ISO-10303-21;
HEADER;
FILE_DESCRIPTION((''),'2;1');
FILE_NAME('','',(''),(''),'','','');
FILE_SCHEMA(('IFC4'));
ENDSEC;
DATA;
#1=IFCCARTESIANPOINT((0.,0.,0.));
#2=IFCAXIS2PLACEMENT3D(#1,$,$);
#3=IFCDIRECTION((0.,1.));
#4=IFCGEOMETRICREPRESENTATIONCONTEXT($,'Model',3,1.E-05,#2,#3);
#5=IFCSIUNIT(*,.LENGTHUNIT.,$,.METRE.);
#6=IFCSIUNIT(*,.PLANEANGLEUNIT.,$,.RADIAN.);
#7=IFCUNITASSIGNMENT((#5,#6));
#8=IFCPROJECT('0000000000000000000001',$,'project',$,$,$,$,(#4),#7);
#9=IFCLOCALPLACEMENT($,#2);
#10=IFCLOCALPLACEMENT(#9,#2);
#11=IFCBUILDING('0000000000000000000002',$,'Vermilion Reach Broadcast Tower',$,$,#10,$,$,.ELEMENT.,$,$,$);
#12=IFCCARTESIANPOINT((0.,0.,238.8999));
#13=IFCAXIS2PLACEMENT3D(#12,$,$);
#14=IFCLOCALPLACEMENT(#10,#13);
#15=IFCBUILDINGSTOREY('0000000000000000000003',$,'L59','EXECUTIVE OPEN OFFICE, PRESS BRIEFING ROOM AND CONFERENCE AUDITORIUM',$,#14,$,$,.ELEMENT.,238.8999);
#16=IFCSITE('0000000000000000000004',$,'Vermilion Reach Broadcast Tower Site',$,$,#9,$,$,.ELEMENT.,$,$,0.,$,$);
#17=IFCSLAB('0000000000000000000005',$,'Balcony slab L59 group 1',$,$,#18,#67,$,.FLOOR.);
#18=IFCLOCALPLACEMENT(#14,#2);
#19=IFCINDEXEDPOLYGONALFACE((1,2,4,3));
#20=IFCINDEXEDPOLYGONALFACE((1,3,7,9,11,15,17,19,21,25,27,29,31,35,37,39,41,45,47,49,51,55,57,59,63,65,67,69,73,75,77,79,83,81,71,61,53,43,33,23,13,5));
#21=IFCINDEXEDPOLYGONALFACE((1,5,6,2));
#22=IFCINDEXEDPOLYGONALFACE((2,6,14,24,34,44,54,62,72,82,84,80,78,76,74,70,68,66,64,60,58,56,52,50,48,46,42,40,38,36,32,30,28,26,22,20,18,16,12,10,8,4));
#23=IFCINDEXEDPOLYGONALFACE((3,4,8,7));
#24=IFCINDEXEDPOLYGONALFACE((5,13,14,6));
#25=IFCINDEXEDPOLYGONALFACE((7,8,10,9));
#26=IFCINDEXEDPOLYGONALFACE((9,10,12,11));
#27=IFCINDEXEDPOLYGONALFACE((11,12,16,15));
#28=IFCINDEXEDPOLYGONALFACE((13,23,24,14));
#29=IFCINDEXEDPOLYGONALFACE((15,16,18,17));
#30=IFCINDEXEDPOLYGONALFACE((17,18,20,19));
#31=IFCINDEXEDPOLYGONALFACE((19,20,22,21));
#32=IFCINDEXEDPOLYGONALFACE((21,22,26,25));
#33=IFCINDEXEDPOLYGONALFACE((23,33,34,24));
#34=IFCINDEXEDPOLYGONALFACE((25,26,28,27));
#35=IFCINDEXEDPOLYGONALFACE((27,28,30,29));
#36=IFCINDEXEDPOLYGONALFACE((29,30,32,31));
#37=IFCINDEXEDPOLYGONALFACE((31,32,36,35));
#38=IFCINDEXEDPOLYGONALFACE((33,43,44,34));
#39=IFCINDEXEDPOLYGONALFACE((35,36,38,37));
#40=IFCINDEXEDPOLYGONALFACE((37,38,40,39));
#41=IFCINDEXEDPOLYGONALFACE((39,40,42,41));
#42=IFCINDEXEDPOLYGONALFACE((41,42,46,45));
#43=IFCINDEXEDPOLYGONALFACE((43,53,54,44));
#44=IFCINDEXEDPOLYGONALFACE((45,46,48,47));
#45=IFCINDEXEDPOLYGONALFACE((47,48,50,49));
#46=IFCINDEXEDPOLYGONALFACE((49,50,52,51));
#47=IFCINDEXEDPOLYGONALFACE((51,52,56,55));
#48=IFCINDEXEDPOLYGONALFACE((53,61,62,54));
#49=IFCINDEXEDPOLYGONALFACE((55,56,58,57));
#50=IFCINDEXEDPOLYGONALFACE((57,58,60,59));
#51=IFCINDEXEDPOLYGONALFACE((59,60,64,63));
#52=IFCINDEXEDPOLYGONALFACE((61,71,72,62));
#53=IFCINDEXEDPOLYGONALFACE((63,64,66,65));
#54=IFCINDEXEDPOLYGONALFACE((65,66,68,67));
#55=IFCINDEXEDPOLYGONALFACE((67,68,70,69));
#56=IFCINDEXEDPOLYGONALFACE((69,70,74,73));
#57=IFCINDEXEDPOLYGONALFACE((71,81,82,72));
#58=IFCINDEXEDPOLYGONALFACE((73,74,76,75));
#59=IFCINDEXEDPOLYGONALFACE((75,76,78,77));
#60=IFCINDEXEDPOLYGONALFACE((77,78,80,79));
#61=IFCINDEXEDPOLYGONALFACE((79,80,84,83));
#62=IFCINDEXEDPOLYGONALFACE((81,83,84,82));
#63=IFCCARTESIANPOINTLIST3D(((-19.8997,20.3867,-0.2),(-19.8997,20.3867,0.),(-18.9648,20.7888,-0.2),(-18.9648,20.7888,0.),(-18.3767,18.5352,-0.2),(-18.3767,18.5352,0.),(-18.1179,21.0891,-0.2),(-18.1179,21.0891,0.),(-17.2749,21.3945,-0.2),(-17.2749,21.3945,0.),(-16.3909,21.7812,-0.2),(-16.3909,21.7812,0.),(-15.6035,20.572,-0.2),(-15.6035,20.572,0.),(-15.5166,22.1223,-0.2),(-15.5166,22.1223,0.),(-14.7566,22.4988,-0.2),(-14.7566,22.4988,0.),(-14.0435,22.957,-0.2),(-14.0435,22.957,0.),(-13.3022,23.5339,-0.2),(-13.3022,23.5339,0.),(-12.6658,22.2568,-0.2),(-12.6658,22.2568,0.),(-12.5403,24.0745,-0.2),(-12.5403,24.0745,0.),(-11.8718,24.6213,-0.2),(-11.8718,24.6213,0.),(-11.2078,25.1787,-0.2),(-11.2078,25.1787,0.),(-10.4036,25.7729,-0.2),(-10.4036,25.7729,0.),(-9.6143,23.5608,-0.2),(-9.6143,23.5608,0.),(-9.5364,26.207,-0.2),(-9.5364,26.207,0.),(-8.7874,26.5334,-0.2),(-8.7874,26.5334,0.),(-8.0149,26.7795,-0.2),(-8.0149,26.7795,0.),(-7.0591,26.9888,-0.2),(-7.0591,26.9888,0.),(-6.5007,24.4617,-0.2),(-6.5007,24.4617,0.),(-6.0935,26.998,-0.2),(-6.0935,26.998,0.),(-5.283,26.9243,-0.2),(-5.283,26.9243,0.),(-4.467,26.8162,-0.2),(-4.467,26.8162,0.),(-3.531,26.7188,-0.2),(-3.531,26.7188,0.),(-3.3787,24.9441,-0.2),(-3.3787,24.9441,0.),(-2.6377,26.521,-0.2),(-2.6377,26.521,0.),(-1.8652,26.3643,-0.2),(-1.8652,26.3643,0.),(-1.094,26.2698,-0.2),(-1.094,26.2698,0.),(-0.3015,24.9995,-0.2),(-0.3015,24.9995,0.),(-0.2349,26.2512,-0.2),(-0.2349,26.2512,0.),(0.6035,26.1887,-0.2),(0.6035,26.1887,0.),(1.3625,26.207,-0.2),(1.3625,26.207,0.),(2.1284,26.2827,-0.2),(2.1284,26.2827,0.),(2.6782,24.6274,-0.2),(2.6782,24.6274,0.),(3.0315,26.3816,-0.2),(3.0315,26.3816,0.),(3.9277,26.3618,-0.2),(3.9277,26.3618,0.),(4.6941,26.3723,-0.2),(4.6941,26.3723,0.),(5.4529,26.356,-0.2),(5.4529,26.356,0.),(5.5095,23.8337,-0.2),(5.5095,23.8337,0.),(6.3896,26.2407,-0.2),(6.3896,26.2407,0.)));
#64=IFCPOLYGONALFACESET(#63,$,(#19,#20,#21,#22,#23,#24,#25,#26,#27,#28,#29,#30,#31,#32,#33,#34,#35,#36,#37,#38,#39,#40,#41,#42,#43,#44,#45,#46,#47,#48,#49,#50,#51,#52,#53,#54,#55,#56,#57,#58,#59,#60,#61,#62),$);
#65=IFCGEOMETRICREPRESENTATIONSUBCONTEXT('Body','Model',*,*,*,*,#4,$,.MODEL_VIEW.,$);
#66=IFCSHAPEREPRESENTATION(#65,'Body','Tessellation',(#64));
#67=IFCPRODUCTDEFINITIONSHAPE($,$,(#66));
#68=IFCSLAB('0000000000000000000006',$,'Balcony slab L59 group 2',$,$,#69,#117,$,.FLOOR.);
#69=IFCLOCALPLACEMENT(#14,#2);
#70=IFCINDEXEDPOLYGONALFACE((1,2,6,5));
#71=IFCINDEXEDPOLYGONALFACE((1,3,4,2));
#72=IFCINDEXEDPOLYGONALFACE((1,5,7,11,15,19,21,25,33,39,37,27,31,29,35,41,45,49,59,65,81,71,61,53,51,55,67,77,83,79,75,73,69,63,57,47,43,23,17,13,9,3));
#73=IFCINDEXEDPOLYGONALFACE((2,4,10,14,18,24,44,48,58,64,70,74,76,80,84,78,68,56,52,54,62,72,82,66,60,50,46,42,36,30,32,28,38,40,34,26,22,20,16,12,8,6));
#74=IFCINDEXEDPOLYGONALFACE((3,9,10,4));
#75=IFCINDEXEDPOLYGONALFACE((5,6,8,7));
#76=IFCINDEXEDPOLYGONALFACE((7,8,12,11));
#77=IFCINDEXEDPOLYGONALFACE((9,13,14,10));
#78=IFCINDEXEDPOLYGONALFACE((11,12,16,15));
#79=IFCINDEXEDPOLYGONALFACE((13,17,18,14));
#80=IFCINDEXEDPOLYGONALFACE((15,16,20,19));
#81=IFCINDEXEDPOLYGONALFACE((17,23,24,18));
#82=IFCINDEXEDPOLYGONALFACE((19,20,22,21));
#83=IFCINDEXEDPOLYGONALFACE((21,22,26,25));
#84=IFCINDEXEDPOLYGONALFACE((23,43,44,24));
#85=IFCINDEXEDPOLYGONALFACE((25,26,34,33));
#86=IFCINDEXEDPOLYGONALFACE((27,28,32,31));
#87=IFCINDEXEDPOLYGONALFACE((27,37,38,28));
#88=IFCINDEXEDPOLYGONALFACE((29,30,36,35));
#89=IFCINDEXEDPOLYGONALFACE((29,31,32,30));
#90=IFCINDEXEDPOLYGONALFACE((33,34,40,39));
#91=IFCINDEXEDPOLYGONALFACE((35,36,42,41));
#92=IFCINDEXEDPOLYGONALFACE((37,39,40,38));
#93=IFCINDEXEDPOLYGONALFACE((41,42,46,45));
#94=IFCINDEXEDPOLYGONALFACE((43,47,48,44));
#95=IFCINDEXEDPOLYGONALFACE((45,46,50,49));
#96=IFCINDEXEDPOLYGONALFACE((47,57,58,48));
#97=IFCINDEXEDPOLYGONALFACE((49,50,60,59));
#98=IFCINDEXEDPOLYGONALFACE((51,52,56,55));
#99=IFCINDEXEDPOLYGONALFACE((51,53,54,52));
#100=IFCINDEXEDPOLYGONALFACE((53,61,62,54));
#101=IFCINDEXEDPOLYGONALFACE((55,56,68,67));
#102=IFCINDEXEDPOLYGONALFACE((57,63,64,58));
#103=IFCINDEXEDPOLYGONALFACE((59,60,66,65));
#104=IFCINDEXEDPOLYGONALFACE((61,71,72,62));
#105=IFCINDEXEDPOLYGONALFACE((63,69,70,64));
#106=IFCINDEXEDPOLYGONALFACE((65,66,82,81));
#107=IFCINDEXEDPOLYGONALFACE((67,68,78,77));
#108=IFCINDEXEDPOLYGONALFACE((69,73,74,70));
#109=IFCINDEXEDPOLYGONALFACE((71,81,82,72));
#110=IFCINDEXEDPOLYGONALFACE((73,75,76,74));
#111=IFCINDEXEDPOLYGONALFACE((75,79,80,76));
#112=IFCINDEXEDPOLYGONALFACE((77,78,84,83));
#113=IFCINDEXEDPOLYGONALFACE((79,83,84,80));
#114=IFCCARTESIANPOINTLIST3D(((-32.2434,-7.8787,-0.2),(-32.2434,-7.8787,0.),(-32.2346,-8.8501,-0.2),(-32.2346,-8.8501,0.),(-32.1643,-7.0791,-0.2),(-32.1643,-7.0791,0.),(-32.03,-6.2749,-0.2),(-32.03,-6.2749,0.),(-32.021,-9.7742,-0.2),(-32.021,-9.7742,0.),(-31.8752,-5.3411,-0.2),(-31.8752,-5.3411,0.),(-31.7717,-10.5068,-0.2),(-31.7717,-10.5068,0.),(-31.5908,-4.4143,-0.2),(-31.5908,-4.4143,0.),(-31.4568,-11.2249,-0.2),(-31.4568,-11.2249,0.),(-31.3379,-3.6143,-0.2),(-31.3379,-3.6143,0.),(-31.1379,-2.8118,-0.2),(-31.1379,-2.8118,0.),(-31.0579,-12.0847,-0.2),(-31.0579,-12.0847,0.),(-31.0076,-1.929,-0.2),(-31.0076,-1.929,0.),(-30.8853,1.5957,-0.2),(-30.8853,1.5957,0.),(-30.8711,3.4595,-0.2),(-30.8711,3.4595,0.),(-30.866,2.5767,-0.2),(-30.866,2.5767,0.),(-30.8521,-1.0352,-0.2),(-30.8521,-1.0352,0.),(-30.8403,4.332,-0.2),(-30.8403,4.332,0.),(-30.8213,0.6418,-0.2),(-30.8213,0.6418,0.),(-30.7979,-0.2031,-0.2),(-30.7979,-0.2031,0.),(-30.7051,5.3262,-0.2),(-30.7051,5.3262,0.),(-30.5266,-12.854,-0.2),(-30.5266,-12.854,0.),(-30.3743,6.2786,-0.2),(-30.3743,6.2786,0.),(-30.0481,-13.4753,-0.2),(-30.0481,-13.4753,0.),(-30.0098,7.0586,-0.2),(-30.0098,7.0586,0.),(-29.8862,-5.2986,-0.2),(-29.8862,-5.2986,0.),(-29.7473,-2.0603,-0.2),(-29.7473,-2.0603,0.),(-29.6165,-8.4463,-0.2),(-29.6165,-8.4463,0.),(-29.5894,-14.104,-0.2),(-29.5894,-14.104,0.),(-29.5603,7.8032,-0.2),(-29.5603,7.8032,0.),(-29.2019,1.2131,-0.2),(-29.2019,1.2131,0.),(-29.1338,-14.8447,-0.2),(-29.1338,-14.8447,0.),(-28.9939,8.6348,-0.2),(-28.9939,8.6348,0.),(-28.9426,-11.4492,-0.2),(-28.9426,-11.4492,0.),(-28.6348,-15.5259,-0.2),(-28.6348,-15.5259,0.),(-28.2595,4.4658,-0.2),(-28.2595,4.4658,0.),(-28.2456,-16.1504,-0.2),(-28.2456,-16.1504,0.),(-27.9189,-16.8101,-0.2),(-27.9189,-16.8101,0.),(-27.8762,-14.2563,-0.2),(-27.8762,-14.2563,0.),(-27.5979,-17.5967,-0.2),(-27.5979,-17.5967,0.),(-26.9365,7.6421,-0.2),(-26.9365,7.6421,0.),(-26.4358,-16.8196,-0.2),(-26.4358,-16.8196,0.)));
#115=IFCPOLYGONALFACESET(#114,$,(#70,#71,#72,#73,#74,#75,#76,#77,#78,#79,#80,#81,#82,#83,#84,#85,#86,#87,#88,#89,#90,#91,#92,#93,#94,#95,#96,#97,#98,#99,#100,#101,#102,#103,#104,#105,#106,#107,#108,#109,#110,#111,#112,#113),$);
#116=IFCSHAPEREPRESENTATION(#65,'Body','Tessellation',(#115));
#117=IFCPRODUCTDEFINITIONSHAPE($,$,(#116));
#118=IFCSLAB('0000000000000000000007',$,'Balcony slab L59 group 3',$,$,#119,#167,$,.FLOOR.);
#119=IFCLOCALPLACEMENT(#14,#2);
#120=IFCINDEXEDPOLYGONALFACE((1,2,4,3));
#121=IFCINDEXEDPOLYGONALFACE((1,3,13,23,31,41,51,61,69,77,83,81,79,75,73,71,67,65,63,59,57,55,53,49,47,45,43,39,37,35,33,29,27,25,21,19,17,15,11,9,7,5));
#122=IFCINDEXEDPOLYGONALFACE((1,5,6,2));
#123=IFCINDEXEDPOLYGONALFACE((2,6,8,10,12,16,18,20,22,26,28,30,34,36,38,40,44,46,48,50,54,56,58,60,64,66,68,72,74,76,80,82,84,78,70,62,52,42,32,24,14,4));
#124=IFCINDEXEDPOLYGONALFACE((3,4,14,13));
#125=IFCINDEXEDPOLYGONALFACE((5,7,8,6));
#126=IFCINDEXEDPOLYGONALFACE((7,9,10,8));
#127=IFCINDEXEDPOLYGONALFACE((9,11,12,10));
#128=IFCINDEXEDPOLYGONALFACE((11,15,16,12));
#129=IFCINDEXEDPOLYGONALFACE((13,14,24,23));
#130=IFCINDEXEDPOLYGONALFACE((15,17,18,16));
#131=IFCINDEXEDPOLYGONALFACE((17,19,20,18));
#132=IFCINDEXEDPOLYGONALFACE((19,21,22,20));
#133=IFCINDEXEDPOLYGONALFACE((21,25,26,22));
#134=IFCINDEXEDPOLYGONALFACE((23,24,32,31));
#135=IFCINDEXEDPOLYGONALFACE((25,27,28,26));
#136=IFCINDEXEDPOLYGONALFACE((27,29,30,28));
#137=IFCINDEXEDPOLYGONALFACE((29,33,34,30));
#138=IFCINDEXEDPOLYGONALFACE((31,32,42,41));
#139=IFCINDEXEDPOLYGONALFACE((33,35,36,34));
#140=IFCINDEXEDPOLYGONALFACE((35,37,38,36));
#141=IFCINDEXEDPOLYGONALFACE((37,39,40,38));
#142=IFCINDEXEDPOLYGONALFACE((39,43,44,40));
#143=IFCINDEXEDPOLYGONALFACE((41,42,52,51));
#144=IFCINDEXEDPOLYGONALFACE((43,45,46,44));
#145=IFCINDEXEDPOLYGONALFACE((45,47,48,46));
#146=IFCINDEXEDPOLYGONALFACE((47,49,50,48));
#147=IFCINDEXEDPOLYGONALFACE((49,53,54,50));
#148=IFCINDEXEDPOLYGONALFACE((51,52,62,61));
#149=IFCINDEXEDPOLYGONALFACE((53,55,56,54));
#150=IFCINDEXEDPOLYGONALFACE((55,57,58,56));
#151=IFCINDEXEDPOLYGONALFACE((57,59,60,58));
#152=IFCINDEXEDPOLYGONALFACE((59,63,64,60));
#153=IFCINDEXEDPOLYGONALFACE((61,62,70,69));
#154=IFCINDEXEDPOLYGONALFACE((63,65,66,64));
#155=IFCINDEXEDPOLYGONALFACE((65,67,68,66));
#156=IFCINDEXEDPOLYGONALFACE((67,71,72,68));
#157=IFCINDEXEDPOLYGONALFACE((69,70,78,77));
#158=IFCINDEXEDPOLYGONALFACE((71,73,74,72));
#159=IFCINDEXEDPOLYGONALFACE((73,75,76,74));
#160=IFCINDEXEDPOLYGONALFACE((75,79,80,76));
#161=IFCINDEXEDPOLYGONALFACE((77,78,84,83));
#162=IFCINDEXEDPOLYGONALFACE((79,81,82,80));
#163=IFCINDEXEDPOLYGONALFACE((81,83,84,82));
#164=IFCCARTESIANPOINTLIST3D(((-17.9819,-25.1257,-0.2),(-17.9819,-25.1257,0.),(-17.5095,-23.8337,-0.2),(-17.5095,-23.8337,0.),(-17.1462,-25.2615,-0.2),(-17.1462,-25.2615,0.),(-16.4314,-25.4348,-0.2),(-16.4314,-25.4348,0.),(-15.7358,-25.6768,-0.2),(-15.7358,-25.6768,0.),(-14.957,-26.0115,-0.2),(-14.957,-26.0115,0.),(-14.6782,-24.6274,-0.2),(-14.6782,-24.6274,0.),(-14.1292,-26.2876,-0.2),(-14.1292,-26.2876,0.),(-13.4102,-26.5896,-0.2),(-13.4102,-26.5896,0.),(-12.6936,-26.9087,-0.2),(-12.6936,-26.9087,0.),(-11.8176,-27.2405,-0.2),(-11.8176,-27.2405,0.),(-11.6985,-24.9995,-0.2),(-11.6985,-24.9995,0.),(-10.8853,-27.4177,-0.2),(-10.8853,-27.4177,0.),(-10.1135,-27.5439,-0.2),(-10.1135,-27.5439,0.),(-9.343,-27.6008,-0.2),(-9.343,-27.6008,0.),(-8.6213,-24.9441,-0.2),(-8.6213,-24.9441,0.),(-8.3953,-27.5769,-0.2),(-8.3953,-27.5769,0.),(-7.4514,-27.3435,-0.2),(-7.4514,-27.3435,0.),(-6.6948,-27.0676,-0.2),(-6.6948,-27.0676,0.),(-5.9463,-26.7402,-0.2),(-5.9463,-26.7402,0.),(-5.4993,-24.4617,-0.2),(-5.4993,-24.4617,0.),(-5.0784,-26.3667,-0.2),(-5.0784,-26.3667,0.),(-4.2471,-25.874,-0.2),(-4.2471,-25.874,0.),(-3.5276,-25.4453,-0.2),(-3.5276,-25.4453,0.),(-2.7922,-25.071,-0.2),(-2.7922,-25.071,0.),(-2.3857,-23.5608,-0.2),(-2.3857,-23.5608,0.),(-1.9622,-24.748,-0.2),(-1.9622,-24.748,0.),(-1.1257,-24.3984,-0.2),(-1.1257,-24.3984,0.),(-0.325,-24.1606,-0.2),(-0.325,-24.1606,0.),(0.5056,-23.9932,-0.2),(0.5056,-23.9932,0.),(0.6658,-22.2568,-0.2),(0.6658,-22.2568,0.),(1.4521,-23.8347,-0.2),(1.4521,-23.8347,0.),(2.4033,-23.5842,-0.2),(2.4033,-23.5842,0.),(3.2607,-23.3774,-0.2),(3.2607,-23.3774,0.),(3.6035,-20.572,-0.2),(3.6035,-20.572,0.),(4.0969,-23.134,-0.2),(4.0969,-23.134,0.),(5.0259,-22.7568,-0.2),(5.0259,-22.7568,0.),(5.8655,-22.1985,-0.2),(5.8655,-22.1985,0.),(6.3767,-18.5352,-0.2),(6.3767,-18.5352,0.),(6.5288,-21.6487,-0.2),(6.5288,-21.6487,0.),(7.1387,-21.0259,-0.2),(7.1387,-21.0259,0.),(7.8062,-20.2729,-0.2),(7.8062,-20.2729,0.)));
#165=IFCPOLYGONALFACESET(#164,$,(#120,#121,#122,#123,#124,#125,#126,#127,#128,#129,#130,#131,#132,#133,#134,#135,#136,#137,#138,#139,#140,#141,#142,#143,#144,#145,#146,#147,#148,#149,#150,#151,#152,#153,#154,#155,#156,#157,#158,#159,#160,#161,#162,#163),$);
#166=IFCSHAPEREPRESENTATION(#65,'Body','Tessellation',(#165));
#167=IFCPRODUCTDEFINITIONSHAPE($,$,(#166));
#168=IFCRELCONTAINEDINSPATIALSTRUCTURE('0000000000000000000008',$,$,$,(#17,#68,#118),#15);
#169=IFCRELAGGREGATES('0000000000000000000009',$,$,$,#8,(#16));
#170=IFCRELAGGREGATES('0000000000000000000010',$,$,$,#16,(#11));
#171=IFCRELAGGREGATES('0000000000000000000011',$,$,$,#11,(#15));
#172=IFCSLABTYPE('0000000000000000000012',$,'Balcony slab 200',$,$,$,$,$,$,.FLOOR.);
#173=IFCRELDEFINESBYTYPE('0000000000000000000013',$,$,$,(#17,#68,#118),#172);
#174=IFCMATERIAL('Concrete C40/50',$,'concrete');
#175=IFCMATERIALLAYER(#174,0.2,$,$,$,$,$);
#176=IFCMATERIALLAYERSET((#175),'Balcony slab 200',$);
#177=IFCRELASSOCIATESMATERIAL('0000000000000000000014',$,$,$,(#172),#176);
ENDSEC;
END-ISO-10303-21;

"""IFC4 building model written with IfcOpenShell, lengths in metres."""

from ifc_helpers import new_model, si_unit, direction, frame, origin, place, context, subcontext, project, spatial, polyline, outline, extrude, material, layer, layer_set, type_object, element, save


model = new_model("IFC4")

# Units and contexts
model_context = context("Model", 3, precision=1e-05, world=origin(), true_north=direction((0.0, 1.0)))
body_context = subcontext(model_context, "Body", "Model", "MODEL_VIEW")
ifc_project = project(units=[si_unit("LENGTHUNIT", "METRE"), si_unit("PLANEANGLEUNIT", "RADIAN")], contexts=[model_context])

# Site, building, storey
site_placement = place(None, origin())
site = spatial("IfcSite", under=ifc_project, at=site_placement, Name="Vermilion Reach Broadcast Tower Site", CompositionType="ELEMENT", RefElevation=0.0)
building_placement = place(site_placement, origin())
building = spatial("IfcBuilding", under=site, at=building_placement, Name="Vermilion Reach Broadcast Tower", CompositionType="ELEMENT")
storey_placement = place(building_placement, frame((0.0, 0.0, 238.8999)))
storey = spatial("IfcBuildingStorey", under=building, at=storey_placement, Name="L59", Description="EXECUTIVE OPEN OFFICE, PRESS BRIEFING ROOM AND CONFERENCE AUDITORIUM", CompositionType="ELEMENT", Elevation=238.8999)

# Slabs
ifc_material_1 = material(Name="Concrete C40/50", Category="concrete")
ifc_layer_1 = layer(ifc_material_1, 0.2)
ifc_layer_set_1 = layer_set([ifc_layer_1], Name="Balcony slab 200")
slab_type_1 = type_object("IfcSlabType", Name="Balcony slab 200", PredefinedType="FLOOR", material=ifc_layer_set_1)
placement_1 = place(storey_placement, frame((0.0, 0.0, -0.2)))
element("IfcSlab", 1, at=placement_1, inside=storey, type_object=slab_type_1, Name="Balcony slab L59 group 1", PredefinedType="FLOOR", context=body_context, shape_type="SweptSolid", body=[
    extrude(outline(polyline([(5.5095, 23.8337), (2.6782, 24.6274), (-0.3015, 24.9995), (-3.3787, 24.9441), (-6.5007, 24.4617), (-9.6143, 23.5608), (-12.6658, 22.2568), (-15.6035, 20.572), (-18.3767, 18.5352), (-19.8997, 20.3867), (-18.9648, 20.7888), (-18.1179, 21.0891), (-17.2749, 21.3945), (-16.3909, 21.7812), (-15.5166, 22.1223), (-14.7566, 22.4988), (-14.0435, 22.957), (-13.3022, 23.5339), (-12.5403, 24.0745), (-11.8718, 24.6213), (-11.2078, 25.1787), (-10.4036, 25.7729), (-9.5364, 26.207), (-8.7874, 26.5334), (-8.0149, 26.7795), (-7.0591, 26.9888), (-6.0935, 26.998), (-5.283, 26.9243), (-4.467, 26.8162), (-3.531, 26.7188), (-2.6377, 26.521), (-1.8652, 26.3643), (-1.094, 26.2698), (-0.2349, 26.2512), (0.6035, 26.1887), (1.3625, 26.207), (2.1284, 26.2827), (3.0315, 26.3816), (3.9277, 26.3618), (4.6941, 26.3723), (5.4529, 26.356), (6.3896, 26.2407), (5.5095, 23.8337)])), origin(), (0.0, 0.0, 1.0), 0.2),
])
element("IfcSlab", 2, at=placement_1, inside=storey, type_object=slab_type_1, Name="Balcony slab L59 group 2", PredefinedType="FLOOR", context=body_context, shape_type="SweptSolid", body=[
    extrude(outline(polyline([(-26.9365, 7.6421), (-28.2595, 4.4658), (-29.2019, 1.2131), (-29.7473, -2.0603), (-29.8862, -5.2986), (-29.6165, -8.4463), (-28.9426, -11.4492), (-27.8762, -14.2563), (-26.4358, -16.8196), (-27.5979, -17.5967), (-27.9189, -16.8101), (-28.2456, -16.1504), (-28.6348, -15.5259), (-29.1338, -14.8447), (-29.5894, -14.104), (-30.0481, -13.4753), (-30.5266, -12.854), (-31.0579, -12.0847), (-31.4568, -11.2249), (-31.7717, -10.5068), (-32.021, -9.7742), (-32.2346, -8.8501), (-32.2434, -7.8787), (-32.1643, -7.0791), (-32.03, -6.2749), (-31.8752, -5.3411), (-31.5908, -4.4143), (-31.3379, -3.6143), (-31.1379, -2.8118), (-31.0076, -1.929), (-30.8521, -1.0352), (-30.7979, -0.2031), (-30.8213, 0.6418), (-30.8853, 1.5957), (-30.866, 2.5767), (-30.8711, 3.4595), (-30.8403, 4.332), (-30.7051, 5.3262), (-30.3743, 6.2786), (-30.0098, 7.0586), (-29.5603, 7.8032), (-28.9939, 8.6348), (-26.9365, 7.6421)])), origin(), (0.0, 0.0, 1.0), 0.2),
])
element("IfcSlab", 3, at=placement_1, inside=storey, type_object=slab_type_1, Name="Balcony slab L59 group 3", PredefinedType="FLOOR", context=body_context, shape_type="SweptSolid", body=[
    extrude(outline(polyline([(-17.5095, -23.8337), (-14.6782, -24.6274), (-11.6985, -24.9995), (-8.6213, -24.9441), (-5.4993, -24.4617), (-2.3857, -23.5608), (0.6658, -22.2568), (3.6035, -20.572), (6.3767, -18.5352), (7.8062, -20.2729), (7.1387, -21.0259), (6.5288, -21.6487), (5.8655, -22.1985), (5.0259, -22.7568), (4.0969, -23.134), (3.2607, -23.3774), (2.4033, -23.5842), (1.4521, -23.8347), (0.5056, -23.9932), (-0.325, -24.1606), (-1.1257, -24.3984), (-1.9622, -24.748), (-2.7922, -25.071), (-3.5276, -25.4453), (-4.2471, -25.874), (-5.0784, -26.3667), (-5.9463, -26.7402), (-6.6948, -27.0676), (-7.4514, -27.3435), (-8.3953, -27.5769), (-9.343, -27.6008), (-10.1135, -27.5439), (-10.8853, -27.4177), (-11.8176, -27.2405), (-12.6936, -26.9087), (-13.4102, -26.5896), (-14.1292, -26.2876), (-14.957, -26.0115), (-15.7358, -25.6768), (-16.4314, -25.4348), (-17.1462, -25.2615), (-17.9819, -25.1257), (-17.5095, -23.8337)])), origin(), (0.0, 0.0, 1.0), 0.2),
])

save(model, "model.ifc")
